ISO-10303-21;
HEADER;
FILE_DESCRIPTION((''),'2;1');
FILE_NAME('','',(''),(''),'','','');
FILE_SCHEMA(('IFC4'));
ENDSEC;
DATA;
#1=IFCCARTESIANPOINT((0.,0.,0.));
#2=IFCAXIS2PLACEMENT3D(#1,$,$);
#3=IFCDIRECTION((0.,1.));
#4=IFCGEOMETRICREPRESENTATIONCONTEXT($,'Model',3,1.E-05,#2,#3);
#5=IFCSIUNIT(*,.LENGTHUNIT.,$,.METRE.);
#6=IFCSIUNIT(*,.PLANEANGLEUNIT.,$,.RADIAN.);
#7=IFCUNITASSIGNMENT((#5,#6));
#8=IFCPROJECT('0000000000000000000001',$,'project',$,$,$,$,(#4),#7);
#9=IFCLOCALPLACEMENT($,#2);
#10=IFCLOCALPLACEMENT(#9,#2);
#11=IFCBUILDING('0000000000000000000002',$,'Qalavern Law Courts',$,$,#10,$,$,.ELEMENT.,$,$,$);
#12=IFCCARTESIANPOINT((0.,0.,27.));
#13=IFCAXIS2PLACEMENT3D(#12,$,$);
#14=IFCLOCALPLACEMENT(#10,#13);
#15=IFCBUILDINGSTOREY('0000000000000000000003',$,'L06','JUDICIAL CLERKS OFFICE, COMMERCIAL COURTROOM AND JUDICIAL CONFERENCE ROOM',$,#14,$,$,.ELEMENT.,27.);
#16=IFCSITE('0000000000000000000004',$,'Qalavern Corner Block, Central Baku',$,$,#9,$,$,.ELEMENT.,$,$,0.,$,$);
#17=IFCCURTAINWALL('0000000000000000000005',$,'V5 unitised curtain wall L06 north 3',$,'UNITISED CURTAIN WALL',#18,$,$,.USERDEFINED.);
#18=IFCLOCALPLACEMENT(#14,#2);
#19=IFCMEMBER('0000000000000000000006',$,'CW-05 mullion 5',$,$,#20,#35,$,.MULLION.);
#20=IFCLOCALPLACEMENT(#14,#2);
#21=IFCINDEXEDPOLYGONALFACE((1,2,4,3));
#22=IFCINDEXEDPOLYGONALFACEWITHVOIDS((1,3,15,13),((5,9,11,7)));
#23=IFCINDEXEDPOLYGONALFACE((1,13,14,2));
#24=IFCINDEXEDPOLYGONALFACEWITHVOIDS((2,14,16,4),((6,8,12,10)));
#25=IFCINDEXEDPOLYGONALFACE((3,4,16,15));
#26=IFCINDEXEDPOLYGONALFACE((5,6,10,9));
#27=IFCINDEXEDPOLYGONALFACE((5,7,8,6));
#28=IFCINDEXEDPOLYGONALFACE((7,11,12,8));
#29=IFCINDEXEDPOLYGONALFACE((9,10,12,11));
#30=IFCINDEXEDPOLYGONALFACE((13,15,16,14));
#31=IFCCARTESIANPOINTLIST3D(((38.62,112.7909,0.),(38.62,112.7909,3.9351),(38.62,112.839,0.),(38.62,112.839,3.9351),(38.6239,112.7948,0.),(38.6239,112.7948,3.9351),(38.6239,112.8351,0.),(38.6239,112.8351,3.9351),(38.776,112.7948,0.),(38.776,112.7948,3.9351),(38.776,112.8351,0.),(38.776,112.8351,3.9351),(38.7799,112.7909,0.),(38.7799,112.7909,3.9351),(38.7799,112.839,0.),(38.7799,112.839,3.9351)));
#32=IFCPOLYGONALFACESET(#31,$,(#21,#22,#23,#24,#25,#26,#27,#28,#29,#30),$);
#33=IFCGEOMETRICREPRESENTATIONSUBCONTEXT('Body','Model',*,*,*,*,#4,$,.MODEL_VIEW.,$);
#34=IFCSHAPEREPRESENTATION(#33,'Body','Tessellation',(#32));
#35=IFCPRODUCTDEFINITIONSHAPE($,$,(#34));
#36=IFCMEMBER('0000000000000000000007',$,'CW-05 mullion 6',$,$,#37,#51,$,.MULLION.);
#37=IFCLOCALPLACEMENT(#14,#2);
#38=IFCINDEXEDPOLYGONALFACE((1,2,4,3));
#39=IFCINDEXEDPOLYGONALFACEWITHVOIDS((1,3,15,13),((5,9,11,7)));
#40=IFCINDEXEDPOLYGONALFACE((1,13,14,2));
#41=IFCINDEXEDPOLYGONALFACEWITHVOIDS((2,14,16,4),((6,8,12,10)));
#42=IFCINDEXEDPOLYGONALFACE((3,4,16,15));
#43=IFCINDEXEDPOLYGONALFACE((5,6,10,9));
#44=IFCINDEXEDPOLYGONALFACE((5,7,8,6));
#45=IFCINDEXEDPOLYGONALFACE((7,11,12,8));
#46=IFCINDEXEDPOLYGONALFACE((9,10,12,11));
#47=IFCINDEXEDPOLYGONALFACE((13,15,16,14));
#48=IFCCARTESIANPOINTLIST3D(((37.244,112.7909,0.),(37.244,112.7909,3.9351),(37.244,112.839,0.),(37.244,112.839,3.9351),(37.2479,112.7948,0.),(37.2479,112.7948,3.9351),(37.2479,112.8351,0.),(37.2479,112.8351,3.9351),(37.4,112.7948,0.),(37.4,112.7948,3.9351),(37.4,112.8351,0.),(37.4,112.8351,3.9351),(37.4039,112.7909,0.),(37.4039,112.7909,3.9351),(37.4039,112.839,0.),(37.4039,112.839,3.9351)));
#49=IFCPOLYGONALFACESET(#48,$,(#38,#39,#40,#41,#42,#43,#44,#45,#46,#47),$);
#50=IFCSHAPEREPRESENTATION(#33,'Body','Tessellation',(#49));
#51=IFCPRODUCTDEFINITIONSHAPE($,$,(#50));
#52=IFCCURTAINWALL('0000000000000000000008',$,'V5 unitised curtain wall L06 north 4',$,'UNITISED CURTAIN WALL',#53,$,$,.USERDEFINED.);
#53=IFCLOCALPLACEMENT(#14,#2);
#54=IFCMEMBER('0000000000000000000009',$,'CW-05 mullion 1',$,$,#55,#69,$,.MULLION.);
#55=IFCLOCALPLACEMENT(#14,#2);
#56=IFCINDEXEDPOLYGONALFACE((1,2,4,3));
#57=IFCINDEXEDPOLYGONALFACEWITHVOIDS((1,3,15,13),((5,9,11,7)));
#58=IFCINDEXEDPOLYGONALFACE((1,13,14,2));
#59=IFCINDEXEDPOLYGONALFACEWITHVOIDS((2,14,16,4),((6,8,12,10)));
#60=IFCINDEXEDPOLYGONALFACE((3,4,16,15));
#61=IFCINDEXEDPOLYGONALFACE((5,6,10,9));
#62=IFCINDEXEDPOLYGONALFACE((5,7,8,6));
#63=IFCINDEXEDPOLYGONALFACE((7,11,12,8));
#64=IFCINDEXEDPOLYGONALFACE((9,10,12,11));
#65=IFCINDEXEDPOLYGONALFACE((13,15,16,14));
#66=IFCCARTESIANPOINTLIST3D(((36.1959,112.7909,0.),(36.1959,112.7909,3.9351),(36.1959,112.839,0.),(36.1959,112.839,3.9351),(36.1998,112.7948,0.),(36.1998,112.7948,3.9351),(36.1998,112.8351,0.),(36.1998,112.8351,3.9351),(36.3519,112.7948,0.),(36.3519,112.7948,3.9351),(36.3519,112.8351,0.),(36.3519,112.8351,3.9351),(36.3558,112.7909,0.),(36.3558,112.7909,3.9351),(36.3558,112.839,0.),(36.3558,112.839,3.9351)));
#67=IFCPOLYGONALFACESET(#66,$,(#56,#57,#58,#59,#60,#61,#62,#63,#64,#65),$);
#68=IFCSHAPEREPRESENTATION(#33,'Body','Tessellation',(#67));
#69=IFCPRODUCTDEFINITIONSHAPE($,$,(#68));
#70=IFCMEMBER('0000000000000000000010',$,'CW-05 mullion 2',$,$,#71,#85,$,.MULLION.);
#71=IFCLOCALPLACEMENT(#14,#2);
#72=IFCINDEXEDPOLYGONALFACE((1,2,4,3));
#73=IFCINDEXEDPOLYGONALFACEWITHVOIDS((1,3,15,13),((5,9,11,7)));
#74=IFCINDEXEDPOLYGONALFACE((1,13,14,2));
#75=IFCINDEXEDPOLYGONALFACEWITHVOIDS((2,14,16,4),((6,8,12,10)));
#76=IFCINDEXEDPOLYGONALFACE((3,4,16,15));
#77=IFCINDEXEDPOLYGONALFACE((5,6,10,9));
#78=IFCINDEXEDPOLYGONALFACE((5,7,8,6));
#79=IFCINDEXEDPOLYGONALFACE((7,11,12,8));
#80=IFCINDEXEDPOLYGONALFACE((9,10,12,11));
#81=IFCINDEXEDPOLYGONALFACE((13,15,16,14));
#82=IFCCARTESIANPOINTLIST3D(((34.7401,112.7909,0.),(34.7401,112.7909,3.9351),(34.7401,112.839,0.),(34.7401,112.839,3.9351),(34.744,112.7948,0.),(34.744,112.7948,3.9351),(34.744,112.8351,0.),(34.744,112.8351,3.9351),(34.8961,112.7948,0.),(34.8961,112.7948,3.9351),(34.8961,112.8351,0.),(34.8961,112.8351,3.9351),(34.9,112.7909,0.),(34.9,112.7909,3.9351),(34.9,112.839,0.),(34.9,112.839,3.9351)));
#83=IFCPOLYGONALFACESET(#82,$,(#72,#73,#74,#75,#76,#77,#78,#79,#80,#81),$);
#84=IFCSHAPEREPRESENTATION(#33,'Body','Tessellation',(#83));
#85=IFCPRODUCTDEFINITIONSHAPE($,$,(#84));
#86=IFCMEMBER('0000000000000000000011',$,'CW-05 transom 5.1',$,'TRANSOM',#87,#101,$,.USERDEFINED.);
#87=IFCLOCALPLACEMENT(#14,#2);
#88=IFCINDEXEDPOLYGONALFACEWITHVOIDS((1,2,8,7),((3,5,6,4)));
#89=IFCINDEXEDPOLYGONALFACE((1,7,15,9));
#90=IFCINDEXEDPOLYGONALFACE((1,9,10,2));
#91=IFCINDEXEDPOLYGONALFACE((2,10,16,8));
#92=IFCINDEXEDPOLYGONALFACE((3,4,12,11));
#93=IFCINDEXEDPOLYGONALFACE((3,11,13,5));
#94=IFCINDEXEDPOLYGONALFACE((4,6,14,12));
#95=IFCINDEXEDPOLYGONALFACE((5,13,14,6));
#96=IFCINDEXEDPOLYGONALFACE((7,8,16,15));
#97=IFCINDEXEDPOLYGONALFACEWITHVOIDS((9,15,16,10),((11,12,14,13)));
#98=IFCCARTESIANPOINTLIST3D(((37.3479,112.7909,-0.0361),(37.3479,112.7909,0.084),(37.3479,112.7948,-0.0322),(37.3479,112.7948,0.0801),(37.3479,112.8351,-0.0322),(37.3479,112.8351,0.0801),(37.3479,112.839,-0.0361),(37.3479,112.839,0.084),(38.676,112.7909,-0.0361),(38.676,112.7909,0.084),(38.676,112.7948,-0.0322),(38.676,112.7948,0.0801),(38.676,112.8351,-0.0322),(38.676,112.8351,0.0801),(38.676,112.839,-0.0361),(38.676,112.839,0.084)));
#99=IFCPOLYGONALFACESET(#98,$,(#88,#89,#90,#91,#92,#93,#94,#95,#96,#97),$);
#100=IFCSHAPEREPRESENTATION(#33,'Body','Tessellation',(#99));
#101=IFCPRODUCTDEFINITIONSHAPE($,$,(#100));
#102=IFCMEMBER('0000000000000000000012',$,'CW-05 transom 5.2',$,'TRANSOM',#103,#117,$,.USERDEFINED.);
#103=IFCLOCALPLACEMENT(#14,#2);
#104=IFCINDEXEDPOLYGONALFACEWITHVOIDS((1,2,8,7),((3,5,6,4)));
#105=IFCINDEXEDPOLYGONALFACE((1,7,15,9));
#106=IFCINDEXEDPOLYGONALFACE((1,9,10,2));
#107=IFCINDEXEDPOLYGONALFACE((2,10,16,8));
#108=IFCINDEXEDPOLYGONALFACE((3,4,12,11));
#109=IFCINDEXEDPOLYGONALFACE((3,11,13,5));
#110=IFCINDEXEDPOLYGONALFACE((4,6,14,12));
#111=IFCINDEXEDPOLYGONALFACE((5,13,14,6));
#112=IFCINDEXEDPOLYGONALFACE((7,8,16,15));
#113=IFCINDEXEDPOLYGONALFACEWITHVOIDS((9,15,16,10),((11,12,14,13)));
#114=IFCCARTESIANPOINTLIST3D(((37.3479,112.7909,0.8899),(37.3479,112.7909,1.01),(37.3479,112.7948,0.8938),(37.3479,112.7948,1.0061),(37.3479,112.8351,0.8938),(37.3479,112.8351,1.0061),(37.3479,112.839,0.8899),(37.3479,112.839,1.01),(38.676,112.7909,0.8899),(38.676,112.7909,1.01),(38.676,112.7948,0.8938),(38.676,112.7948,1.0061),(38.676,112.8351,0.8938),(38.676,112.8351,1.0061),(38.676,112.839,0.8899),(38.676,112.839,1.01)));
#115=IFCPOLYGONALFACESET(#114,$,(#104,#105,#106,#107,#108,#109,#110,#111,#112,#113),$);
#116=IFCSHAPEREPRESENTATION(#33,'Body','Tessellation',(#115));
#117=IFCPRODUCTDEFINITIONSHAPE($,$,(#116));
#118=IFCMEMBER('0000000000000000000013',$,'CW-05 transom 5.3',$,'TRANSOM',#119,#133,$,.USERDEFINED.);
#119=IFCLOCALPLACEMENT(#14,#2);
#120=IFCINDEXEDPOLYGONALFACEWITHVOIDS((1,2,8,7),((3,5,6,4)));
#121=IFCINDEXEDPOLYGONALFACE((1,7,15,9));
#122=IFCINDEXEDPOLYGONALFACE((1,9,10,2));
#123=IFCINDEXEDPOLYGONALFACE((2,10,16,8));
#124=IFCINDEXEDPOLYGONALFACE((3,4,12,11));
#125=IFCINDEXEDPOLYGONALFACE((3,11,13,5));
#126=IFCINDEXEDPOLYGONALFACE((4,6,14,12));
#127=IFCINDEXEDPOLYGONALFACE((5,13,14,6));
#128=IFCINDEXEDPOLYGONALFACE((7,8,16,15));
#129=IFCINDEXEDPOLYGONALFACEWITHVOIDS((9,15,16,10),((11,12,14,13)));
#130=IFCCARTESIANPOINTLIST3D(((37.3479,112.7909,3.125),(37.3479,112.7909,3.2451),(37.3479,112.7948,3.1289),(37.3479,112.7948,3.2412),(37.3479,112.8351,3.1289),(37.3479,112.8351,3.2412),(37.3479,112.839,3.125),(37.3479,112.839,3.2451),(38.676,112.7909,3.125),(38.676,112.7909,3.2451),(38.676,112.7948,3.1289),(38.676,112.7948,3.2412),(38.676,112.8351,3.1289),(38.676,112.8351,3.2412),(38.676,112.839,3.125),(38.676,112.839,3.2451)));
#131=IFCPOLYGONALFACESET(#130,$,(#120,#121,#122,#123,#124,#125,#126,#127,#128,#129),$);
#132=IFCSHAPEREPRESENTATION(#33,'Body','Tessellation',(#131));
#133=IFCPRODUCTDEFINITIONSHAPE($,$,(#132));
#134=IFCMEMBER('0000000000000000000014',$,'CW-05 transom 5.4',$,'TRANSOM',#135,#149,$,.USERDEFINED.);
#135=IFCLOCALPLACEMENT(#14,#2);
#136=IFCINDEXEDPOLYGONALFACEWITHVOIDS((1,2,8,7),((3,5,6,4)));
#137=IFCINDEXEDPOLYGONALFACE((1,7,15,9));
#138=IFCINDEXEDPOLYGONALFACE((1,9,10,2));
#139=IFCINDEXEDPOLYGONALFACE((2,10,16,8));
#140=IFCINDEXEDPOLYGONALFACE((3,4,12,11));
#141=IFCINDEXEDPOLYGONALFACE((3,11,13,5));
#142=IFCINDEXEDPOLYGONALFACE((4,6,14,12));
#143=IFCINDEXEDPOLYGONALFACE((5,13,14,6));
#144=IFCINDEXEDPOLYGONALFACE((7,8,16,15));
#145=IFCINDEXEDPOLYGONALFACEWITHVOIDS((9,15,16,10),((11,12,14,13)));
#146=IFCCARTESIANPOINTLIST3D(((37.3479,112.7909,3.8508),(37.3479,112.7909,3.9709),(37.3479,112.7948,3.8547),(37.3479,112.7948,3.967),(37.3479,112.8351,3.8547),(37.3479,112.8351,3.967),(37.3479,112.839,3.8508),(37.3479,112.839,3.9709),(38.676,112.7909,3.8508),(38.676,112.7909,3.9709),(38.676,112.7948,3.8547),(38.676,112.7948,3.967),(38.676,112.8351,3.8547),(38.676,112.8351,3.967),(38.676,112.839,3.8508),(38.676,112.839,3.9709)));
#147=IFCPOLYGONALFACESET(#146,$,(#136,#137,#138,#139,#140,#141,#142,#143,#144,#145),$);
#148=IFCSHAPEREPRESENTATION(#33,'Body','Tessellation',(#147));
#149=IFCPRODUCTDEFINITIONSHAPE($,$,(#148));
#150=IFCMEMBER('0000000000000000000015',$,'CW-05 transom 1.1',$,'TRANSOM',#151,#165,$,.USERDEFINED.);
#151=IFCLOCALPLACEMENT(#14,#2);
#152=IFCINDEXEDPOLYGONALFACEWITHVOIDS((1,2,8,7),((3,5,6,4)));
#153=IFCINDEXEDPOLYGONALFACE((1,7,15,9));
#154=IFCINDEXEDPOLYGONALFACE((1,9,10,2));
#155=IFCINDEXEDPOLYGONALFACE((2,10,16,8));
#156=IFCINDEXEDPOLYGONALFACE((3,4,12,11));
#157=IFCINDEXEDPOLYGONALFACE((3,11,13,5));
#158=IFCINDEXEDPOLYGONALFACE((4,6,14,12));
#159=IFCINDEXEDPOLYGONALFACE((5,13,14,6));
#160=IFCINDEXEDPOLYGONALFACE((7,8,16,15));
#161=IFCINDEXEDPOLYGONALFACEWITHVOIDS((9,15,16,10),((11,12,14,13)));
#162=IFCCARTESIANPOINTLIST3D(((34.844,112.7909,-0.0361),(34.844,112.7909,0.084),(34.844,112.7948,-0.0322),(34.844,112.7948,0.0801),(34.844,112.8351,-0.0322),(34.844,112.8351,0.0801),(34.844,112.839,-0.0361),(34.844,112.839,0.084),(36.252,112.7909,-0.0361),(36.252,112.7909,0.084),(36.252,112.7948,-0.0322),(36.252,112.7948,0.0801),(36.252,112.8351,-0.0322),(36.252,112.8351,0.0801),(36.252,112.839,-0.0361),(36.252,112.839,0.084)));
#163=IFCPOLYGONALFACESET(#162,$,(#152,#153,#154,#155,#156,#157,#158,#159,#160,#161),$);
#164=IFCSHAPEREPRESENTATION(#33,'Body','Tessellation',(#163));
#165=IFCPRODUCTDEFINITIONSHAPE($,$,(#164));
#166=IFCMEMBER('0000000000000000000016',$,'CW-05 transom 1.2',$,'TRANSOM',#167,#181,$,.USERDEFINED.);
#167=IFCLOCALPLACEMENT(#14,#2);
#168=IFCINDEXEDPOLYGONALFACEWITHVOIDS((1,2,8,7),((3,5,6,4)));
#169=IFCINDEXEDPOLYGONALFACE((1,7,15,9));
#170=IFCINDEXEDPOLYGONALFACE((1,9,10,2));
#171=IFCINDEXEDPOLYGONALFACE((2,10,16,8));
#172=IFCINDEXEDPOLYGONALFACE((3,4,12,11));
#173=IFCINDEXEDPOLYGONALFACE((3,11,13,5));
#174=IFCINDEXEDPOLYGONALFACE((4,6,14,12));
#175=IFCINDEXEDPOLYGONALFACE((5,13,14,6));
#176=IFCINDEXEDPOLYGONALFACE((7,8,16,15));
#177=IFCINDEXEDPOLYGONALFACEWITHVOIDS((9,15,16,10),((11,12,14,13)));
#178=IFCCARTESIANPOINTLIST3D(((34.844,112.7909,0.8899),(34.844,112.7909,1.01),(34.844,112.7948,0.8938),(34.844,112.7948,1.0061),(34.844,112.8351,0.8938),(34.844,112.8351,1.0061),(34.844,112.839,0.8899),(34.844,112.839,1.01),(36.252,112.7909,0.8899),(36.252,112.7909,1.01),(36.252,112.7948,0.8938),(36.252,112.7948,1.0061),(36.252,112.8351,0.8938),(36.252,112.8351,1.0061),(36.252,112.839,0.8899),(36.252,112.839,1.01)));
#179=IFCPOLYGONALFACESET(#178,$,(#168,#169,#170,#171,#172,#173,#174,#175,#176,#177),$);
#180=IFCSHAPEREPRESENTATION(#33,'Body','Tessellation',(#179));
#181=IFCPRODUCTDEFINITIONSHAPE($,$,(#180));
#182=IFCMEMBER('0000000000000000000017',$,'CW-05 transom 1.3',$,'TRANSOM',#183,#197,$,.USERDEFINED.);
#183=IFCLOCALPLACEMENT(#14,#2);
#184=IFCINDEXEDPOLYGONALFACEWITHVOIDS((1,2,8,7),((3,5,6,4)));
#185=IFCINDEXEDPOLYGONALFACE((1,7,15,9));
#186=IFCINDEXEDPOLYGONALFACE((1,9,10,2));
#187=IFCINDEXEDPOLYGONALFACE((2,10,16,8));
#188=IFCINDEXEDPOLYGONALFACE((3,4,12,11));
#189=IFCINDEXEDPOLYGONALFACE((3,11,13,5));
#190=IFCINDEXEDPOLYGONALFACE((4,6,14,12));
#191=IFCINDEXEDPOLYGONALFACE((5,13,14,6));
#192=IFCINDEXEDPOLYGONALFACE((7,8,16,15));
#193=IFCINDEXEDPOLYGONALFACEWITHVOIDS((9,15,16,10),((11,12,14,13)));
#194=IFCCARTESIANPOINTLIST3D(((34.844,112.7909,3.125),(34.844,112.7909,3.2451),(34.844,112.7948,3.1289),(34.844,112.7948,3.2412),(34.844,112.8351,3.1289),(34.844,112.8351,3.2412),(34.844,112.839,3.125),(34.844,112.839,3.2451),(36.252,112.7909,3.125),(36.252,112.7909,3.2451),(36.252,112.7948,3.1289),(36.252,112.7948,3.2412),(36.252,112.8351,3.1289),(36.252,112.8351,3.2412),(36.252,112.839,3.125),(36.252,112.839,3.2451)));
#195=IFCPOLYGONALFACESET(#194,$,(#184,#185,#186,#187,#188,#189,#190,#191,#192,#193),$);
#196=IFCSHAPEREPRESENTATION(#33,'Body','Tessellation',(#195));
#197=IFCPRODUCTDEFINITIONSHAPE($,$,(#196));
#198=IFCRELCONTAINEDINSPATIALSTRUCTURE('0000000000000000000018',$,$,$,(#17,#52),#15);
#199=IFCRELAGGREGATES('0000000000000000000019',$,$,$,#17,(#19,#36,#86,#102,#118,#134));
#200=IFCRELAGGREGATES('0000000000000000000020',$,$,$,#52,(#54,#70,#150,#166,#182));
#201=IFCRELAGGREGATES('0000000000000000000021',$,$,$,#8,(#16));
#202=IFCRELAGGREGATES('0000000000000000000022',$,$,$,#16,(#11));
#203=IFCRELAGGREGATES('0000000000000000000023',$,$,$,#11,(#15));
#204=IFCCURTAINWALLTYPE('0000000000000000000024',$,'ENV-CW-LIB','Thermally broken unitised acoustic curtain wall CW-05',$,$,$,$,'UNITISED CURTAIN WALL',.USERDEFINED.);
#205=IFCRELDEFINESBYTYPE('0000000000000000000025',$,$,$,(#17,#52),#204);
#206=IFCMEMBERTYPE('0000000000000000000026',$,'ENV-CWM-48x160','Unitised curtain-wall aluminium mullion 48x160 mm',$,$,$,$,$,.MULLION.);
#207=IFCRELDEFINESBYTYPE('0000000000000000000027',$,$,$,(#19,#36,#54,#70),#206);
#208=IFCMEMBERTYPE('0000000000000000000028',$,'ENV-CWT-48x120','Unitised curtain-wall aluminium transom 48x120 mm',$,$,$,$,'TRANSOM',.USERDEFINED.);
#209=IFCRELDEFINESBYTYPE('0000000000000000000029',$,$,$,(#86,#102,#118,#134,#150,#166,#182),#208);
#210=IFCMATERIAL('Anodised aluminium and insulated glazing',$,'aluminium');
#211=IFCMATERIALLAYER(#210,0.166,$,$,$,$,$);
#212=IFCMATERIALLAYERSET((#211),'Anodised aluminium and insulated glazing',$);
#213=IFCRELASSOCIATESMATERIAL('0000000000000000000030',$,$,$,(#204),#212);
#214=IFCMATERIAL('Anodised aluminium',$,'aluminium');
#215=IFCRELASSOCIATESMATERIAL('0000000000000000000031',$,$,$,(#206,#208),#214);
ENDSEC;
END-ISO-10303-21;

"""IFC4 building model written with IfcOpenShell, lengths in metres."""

from ifc_helpers import new_model, si_unit, direction, frame, origin, origin_2d, place, context, subcontext, project, spatial, hollow_rectangle, extrude, material, layer, layer_set, material_profile, profile_set, type_object, element, aggregate, save


model = new_model("IFC4")

# Units and contexts
model_context = context("Model", 3, precision=1e-05, world=origin(), true_north=direction((0.0, 1.0)))
body_context = subcontext(model_context, "Body", "Model", "MODEL_VIEW")
ifc_project = project(units=[si_unit("LENGTHUNIT", "METRE"), si_unit("PLANEANGLEUNIT", "RADIAN")], contexts=[model_context])

# Site, building, storey
site_placement = place(None, origin())
site = spatial("IfcSite", under=ifc_project, at=site_placement, Name="Qalavern Corner Block, Central Baku", CompositionType="ELEMENT", RefElevation=0.0)
building_placement = place(site_placement, origin())
building = spatial("IfcBuilding", under=site, at=building_placement, Name="Qalavern Law Courts", CompositionType="ELEMENT")
storey_placement = place(building_placement, frame((0.0, 0.0, 27.0)))
storey = spatial("IfcBuildingStorey", under=building, at=storey_placement, Name="L06", Description="JUDICIAL CLERKS OFFICE, COMMERCIAL COURTROOM AND JUDICIAL CONFERENCE ROOM", CompositionType="ELEMENT", Elevation=27.0)

# Curtain walls, members
ifc_material_1 = material(Name="Anodised aluminium and insulated glazing", Category="aluminium")
ifc_layer_1 = layer(ifc_material_1, 0.166)
ifc_layer_set_1 = layer_set([ifc_layer_1], Name="Anodised aluminium and insulated glazing")
curtain_wall_type = type_object("IfcCurtainWallType", Name="ENV-CW-LIB", Description="Thermally broken unitised acoustic curtain wall CW-05", ElementType="UNITISED CURTAIN WALL", PredefinedType="USERDEFINED", material=ifc_layer_set_1)
curtain_wall_1_placement = place(storey_placement, origin())
curtain_wall_1 = element("IfcCurtainWall", 1, at=curtain_wall_1_placement, inside=storey, type_object=curtain_wall_type, Name="V5 unitised curtain wall L06 north 3", ObjectType="UNITISED CURTAIN WALL", PredefinedType="USERDEFINED")
ifc_material_2 = material(Name="Anodised aluminium", Category="aluminium")
ifc_material_profile_1 = material_profile(ifc_material_2, hollow_rectangle(XDim=0.0481, YDim=0.1599, WallThickness=0.0039, at=origin_2d()), Name="ALU MULLION 48x160")
ifc_profile_set_1 = profile_set([ifc_material_profile_1], Name="Anodised aluminium")
member_type_1 = type_object("IfcMemberType", Name="ENV-CWM-48x160", Description="Unitised curtain-wall aluminium mullion 48x160 mm", PredefinedType="MULLION", material=ifc_profile_set_1)
member_1_placement = place(storey_placement, frame((38.7, 112.8149, 0.0), z_axis=(0.0, 0.0, 1.0), x_axis=(0.0, -1.0, 0.0)))
member_1 = element("IfcMember", 2, at=member_1_placement, type_object=member_type_1, Name="CW-05 mullion 5", PredefinedType="MULLION", context=body_context, shape_type="SweptSolid", body=[
    extrude(hollow_rectangle(XDim=0.0481, YDim=0.1599, WallThickness=0.0039, at=origin_2d()), origin(), (0.0, 0.0, 1.0), 3.9351),
])
member_2_placement = place(storey_placement, frame((37.324, 112.8149, 0.0), z_axis=(0.0, 0.0, 1.0), x_axis=(0.0, -1.0, 0.0)))
member_2 = element("IfcMember", 3, at=member_2_placement, type_object=member_type_1, Name="CW-05 mullion 6", PredefinedType="MULLION", context=body_context, shape_type="SweptSolid", body=[
    extrude(hollow_rectangle(XDim=0.0481, YDim=0.1599, WallThickness=0.0039, at=origin_2d()), origin(), (0.0, 0.0, 1.0), 3.9351),
])
curtain_wall_2_placement = place(storey_placement, origin())
curtain_wall_2 = element("IfcCurtainWall", 4, at=curtain_wall_2_placement, inside=storey, type_object=curtain_wall_type, Name="V5 unitised curtain wall L06 north 4", ObjectType="UNITISED CURTAIN WALL", PredefinedType="USERDEFINED")
member_3_placement = place(storey_placement, frame((36.2759, 112.8149, 0.0), z_axis=(0.0, 0.0, 1.0), x_axis=(0.0, -1.0, 0.0)))
member_3 = element("IfcMember", 5, at=member_3_placement, type_object=member_type_1, Name="CW-05 mullion 1", PredefinedType="MULLION", context=body_context, shape_type="SweptSolid", body=[
    extrude(hollow_rectangle(XDim=0.0481, YDim=0.1599, WallThickness=0.0039, at=origin_2d()), origin(), (0.0, 0.0, 1.0), 3.9351),
])
member_4_placement = place(storey_placement, frame((34.8201, 112.8149, 0.0), z_axis=(0.0, 0.0, 1.0), x_axis=(0.0, -1.0, 0.0)))
member_4 = element("IfcMember", 6, at=member_4_placement, type_object=member_type_1, Name="CW-05 mullion 2", PredefinedType="MULLION", context=body_context, shape_type="SweptSolid", body=[
    extrude(hollow_rectangle(XDim=0.0481, YDim=0.1599, WallThickness=0.0039, at=origin_2d()), origin(), (0.0, 0.0, 1.0), 3.9351),
])

# Members
ifc_material_profile_2 = material_profile(ifc_material_2, hollow_rectangle(XDim=0.0481, YDim=0.1201, WallThickness=0.0039, at=origin_2d()), Name="ALU TRANSOM 48x120")
ifc_profile_set_2 = profile_set([ifc_material_profile_2], Name="Anodised aluminium")
member_type_2 = type_object("IfcMemberType", Name="ENV-CWT-48x120", Description="Unitised curtain-wall aluminium transom 48x120 mm", ElementType="TRANSOM", PredefinedType="USERDEFINED", material=ifc_profile_set_2)
member_5_placement = place(storey_placement, frame((38.676, 112.8149, 0.0239), z_axis=(-1.0, 0.0, 0.0), x_axis=(0.0, -1.0, 0.0)))
member_5 = element("IfcMember", 7, at=member_5_placement, type_object=member_type_2, Name="CW-05 transom 5.1", ObjectType="TRANSOM", PredefinedType="USERDEFINED", context=body_context, shape_type="SweptSolid", body=[
    extrude(hollow_rectangle(XDim=0.0481, YDim=0.1201, WallThickness=0.0039, at=origin_2d()), origin(), (0.0, 0.0, 1.0), 1.3281),
])
member_6_placement = place(storey_placement, frame((38.676, 112.8149, 0.95), z_axis=(-1.0, 0.0, 0.0), x_axis=(0.0, -1.0, 0.0)))
member_6 = element("IfcMember", 8, at=member_6_placement, type_object=member_type_2, Name="CW-05 transom 5.2", ObjectType="TRANSOM", PredefinedType="USERDEFINED", context=body_context, shape_type="SweptSolid", body=[
    extrude(hollow_rectangle(XDim=0.0481, YDim=0.1201, WallThickness=0.0039, at=origin_2d()), origin(), (0.0, 0.0, 1.0), 1.3281),
])
member_7_placement = place(storey_placement, frame((38.676, 112.8149, 3.1851), z_axis=(-1.0, 0.0, 0.0), x_axis=(0.0, -1.0, 0.0)))
member_7 = element("IfcMember", 9, at=member_7_placement, type_object=member_type_2, Name="CW-05 transom 5.3", ObjectType="TRANSOM", PredefinedType="USERDEFINED", context=body_context, shape_type="SweptSolid", body=[
    extrude(hollow_rectangle(XDim=0.0481, YDim=0.1201, WallThickness=0.0039, at=origin_2d()), origin(), (0.0, 0.0, 1.0), 1.3281),
])
member_8_placement = place(storey_placement, frame((38.676, 112.8149, 3.9109), z_axis=(-1.0, 0.0, 0.0), x_axis=(0.0, -1.0, 0.0)))
member_8 = element("IfcMember", 10, at=member_8_placement, type_object=member_type_2, Name="CW-05 transom 5.4", ObjectType="TRANSOM", PredefinedType="USERDEFINED", context=body_context, shape_type="SweptSolid", body=[
    extrude(hollow_rectangle(XDim=0.0481, YDim=0.1201, WallThickness=0.0039, at=origin_2d()), origin(), (0.0, 0.0, 1.0), 1.3281),
])
member_9_placement = place(storey_placement, frame((36.252, 112.8149, 0.0239), z_axis=(-1.0, 0.0, 0.0), x_axis=(0.0, -1.0, 0.0)))
member_9 = element("IfcMember", 11, at=member_9_placement, type_object=member_type_2, Name="CW-05 transom 1.1", ObjectType="TRANSOM", PredefinedType="USERDEFINED", context=body_context, shape_type="SweptSolid", body=[
    extrude(hollow_rectangle(XDim=0.0481, YDim=0.1201, WallThickness=0.0039, at=origin_2d()), origin(), (0.0, 0.0, 1.0), 1.408),
])
member_10_placement = place(storey_placement, frame((36.252, 112.8149, 0.95), z_axis=(-1.0, 0.0, 0.0), x_axis=(0.0, -1.0, 0.0)))
member_10 = element("IfcMember", 12, at=member_10_placement, type_object=member_type_2, Name="CW-05 transom 1.2", ObjectType="TRANSOM", PredefinedType="USERDEFINED", context=body_context, shape_type="SweptSolid", body=[
    extrude(hollow_rectangle(XDim=0.0481, YDim=0.1201, WallThickness=0.0039, at=origin_2d()), origin(), (0.0, 0.0, 1.0), 1.408),
])
member_11_placement = place(storey_placement, frame((36.252, 112.8149, 3.1851), z_axis=(-1.0, 0.0, 0.0), x_axis=(0.0, -1.0, 0.0)))
member_11 = element("IfcMember", 13, at=member_11_placement, type_object=member_type_2, Name="CW-05 transom 1.3", ObjectType="TRANSOM", PredefinedType="USERDEFINED", context=body_context, shape_type="SweptSolid", body=[
    extrude(hollow_rectangle(XDim=0.0481, YDim=0.1201, WallThickness=0.0039, at=origin_2d()), origin(), (0.0, 0.0, 1.0), 1.408),
])

aggregate(curtain_wall_1, [member_1, member_2, member_5, member_6, member_7, member_8])
aggregate(curtain_wall_2, [member_3, member_4, member_9, member_10, member_11])

save(model, "model.ifc")
